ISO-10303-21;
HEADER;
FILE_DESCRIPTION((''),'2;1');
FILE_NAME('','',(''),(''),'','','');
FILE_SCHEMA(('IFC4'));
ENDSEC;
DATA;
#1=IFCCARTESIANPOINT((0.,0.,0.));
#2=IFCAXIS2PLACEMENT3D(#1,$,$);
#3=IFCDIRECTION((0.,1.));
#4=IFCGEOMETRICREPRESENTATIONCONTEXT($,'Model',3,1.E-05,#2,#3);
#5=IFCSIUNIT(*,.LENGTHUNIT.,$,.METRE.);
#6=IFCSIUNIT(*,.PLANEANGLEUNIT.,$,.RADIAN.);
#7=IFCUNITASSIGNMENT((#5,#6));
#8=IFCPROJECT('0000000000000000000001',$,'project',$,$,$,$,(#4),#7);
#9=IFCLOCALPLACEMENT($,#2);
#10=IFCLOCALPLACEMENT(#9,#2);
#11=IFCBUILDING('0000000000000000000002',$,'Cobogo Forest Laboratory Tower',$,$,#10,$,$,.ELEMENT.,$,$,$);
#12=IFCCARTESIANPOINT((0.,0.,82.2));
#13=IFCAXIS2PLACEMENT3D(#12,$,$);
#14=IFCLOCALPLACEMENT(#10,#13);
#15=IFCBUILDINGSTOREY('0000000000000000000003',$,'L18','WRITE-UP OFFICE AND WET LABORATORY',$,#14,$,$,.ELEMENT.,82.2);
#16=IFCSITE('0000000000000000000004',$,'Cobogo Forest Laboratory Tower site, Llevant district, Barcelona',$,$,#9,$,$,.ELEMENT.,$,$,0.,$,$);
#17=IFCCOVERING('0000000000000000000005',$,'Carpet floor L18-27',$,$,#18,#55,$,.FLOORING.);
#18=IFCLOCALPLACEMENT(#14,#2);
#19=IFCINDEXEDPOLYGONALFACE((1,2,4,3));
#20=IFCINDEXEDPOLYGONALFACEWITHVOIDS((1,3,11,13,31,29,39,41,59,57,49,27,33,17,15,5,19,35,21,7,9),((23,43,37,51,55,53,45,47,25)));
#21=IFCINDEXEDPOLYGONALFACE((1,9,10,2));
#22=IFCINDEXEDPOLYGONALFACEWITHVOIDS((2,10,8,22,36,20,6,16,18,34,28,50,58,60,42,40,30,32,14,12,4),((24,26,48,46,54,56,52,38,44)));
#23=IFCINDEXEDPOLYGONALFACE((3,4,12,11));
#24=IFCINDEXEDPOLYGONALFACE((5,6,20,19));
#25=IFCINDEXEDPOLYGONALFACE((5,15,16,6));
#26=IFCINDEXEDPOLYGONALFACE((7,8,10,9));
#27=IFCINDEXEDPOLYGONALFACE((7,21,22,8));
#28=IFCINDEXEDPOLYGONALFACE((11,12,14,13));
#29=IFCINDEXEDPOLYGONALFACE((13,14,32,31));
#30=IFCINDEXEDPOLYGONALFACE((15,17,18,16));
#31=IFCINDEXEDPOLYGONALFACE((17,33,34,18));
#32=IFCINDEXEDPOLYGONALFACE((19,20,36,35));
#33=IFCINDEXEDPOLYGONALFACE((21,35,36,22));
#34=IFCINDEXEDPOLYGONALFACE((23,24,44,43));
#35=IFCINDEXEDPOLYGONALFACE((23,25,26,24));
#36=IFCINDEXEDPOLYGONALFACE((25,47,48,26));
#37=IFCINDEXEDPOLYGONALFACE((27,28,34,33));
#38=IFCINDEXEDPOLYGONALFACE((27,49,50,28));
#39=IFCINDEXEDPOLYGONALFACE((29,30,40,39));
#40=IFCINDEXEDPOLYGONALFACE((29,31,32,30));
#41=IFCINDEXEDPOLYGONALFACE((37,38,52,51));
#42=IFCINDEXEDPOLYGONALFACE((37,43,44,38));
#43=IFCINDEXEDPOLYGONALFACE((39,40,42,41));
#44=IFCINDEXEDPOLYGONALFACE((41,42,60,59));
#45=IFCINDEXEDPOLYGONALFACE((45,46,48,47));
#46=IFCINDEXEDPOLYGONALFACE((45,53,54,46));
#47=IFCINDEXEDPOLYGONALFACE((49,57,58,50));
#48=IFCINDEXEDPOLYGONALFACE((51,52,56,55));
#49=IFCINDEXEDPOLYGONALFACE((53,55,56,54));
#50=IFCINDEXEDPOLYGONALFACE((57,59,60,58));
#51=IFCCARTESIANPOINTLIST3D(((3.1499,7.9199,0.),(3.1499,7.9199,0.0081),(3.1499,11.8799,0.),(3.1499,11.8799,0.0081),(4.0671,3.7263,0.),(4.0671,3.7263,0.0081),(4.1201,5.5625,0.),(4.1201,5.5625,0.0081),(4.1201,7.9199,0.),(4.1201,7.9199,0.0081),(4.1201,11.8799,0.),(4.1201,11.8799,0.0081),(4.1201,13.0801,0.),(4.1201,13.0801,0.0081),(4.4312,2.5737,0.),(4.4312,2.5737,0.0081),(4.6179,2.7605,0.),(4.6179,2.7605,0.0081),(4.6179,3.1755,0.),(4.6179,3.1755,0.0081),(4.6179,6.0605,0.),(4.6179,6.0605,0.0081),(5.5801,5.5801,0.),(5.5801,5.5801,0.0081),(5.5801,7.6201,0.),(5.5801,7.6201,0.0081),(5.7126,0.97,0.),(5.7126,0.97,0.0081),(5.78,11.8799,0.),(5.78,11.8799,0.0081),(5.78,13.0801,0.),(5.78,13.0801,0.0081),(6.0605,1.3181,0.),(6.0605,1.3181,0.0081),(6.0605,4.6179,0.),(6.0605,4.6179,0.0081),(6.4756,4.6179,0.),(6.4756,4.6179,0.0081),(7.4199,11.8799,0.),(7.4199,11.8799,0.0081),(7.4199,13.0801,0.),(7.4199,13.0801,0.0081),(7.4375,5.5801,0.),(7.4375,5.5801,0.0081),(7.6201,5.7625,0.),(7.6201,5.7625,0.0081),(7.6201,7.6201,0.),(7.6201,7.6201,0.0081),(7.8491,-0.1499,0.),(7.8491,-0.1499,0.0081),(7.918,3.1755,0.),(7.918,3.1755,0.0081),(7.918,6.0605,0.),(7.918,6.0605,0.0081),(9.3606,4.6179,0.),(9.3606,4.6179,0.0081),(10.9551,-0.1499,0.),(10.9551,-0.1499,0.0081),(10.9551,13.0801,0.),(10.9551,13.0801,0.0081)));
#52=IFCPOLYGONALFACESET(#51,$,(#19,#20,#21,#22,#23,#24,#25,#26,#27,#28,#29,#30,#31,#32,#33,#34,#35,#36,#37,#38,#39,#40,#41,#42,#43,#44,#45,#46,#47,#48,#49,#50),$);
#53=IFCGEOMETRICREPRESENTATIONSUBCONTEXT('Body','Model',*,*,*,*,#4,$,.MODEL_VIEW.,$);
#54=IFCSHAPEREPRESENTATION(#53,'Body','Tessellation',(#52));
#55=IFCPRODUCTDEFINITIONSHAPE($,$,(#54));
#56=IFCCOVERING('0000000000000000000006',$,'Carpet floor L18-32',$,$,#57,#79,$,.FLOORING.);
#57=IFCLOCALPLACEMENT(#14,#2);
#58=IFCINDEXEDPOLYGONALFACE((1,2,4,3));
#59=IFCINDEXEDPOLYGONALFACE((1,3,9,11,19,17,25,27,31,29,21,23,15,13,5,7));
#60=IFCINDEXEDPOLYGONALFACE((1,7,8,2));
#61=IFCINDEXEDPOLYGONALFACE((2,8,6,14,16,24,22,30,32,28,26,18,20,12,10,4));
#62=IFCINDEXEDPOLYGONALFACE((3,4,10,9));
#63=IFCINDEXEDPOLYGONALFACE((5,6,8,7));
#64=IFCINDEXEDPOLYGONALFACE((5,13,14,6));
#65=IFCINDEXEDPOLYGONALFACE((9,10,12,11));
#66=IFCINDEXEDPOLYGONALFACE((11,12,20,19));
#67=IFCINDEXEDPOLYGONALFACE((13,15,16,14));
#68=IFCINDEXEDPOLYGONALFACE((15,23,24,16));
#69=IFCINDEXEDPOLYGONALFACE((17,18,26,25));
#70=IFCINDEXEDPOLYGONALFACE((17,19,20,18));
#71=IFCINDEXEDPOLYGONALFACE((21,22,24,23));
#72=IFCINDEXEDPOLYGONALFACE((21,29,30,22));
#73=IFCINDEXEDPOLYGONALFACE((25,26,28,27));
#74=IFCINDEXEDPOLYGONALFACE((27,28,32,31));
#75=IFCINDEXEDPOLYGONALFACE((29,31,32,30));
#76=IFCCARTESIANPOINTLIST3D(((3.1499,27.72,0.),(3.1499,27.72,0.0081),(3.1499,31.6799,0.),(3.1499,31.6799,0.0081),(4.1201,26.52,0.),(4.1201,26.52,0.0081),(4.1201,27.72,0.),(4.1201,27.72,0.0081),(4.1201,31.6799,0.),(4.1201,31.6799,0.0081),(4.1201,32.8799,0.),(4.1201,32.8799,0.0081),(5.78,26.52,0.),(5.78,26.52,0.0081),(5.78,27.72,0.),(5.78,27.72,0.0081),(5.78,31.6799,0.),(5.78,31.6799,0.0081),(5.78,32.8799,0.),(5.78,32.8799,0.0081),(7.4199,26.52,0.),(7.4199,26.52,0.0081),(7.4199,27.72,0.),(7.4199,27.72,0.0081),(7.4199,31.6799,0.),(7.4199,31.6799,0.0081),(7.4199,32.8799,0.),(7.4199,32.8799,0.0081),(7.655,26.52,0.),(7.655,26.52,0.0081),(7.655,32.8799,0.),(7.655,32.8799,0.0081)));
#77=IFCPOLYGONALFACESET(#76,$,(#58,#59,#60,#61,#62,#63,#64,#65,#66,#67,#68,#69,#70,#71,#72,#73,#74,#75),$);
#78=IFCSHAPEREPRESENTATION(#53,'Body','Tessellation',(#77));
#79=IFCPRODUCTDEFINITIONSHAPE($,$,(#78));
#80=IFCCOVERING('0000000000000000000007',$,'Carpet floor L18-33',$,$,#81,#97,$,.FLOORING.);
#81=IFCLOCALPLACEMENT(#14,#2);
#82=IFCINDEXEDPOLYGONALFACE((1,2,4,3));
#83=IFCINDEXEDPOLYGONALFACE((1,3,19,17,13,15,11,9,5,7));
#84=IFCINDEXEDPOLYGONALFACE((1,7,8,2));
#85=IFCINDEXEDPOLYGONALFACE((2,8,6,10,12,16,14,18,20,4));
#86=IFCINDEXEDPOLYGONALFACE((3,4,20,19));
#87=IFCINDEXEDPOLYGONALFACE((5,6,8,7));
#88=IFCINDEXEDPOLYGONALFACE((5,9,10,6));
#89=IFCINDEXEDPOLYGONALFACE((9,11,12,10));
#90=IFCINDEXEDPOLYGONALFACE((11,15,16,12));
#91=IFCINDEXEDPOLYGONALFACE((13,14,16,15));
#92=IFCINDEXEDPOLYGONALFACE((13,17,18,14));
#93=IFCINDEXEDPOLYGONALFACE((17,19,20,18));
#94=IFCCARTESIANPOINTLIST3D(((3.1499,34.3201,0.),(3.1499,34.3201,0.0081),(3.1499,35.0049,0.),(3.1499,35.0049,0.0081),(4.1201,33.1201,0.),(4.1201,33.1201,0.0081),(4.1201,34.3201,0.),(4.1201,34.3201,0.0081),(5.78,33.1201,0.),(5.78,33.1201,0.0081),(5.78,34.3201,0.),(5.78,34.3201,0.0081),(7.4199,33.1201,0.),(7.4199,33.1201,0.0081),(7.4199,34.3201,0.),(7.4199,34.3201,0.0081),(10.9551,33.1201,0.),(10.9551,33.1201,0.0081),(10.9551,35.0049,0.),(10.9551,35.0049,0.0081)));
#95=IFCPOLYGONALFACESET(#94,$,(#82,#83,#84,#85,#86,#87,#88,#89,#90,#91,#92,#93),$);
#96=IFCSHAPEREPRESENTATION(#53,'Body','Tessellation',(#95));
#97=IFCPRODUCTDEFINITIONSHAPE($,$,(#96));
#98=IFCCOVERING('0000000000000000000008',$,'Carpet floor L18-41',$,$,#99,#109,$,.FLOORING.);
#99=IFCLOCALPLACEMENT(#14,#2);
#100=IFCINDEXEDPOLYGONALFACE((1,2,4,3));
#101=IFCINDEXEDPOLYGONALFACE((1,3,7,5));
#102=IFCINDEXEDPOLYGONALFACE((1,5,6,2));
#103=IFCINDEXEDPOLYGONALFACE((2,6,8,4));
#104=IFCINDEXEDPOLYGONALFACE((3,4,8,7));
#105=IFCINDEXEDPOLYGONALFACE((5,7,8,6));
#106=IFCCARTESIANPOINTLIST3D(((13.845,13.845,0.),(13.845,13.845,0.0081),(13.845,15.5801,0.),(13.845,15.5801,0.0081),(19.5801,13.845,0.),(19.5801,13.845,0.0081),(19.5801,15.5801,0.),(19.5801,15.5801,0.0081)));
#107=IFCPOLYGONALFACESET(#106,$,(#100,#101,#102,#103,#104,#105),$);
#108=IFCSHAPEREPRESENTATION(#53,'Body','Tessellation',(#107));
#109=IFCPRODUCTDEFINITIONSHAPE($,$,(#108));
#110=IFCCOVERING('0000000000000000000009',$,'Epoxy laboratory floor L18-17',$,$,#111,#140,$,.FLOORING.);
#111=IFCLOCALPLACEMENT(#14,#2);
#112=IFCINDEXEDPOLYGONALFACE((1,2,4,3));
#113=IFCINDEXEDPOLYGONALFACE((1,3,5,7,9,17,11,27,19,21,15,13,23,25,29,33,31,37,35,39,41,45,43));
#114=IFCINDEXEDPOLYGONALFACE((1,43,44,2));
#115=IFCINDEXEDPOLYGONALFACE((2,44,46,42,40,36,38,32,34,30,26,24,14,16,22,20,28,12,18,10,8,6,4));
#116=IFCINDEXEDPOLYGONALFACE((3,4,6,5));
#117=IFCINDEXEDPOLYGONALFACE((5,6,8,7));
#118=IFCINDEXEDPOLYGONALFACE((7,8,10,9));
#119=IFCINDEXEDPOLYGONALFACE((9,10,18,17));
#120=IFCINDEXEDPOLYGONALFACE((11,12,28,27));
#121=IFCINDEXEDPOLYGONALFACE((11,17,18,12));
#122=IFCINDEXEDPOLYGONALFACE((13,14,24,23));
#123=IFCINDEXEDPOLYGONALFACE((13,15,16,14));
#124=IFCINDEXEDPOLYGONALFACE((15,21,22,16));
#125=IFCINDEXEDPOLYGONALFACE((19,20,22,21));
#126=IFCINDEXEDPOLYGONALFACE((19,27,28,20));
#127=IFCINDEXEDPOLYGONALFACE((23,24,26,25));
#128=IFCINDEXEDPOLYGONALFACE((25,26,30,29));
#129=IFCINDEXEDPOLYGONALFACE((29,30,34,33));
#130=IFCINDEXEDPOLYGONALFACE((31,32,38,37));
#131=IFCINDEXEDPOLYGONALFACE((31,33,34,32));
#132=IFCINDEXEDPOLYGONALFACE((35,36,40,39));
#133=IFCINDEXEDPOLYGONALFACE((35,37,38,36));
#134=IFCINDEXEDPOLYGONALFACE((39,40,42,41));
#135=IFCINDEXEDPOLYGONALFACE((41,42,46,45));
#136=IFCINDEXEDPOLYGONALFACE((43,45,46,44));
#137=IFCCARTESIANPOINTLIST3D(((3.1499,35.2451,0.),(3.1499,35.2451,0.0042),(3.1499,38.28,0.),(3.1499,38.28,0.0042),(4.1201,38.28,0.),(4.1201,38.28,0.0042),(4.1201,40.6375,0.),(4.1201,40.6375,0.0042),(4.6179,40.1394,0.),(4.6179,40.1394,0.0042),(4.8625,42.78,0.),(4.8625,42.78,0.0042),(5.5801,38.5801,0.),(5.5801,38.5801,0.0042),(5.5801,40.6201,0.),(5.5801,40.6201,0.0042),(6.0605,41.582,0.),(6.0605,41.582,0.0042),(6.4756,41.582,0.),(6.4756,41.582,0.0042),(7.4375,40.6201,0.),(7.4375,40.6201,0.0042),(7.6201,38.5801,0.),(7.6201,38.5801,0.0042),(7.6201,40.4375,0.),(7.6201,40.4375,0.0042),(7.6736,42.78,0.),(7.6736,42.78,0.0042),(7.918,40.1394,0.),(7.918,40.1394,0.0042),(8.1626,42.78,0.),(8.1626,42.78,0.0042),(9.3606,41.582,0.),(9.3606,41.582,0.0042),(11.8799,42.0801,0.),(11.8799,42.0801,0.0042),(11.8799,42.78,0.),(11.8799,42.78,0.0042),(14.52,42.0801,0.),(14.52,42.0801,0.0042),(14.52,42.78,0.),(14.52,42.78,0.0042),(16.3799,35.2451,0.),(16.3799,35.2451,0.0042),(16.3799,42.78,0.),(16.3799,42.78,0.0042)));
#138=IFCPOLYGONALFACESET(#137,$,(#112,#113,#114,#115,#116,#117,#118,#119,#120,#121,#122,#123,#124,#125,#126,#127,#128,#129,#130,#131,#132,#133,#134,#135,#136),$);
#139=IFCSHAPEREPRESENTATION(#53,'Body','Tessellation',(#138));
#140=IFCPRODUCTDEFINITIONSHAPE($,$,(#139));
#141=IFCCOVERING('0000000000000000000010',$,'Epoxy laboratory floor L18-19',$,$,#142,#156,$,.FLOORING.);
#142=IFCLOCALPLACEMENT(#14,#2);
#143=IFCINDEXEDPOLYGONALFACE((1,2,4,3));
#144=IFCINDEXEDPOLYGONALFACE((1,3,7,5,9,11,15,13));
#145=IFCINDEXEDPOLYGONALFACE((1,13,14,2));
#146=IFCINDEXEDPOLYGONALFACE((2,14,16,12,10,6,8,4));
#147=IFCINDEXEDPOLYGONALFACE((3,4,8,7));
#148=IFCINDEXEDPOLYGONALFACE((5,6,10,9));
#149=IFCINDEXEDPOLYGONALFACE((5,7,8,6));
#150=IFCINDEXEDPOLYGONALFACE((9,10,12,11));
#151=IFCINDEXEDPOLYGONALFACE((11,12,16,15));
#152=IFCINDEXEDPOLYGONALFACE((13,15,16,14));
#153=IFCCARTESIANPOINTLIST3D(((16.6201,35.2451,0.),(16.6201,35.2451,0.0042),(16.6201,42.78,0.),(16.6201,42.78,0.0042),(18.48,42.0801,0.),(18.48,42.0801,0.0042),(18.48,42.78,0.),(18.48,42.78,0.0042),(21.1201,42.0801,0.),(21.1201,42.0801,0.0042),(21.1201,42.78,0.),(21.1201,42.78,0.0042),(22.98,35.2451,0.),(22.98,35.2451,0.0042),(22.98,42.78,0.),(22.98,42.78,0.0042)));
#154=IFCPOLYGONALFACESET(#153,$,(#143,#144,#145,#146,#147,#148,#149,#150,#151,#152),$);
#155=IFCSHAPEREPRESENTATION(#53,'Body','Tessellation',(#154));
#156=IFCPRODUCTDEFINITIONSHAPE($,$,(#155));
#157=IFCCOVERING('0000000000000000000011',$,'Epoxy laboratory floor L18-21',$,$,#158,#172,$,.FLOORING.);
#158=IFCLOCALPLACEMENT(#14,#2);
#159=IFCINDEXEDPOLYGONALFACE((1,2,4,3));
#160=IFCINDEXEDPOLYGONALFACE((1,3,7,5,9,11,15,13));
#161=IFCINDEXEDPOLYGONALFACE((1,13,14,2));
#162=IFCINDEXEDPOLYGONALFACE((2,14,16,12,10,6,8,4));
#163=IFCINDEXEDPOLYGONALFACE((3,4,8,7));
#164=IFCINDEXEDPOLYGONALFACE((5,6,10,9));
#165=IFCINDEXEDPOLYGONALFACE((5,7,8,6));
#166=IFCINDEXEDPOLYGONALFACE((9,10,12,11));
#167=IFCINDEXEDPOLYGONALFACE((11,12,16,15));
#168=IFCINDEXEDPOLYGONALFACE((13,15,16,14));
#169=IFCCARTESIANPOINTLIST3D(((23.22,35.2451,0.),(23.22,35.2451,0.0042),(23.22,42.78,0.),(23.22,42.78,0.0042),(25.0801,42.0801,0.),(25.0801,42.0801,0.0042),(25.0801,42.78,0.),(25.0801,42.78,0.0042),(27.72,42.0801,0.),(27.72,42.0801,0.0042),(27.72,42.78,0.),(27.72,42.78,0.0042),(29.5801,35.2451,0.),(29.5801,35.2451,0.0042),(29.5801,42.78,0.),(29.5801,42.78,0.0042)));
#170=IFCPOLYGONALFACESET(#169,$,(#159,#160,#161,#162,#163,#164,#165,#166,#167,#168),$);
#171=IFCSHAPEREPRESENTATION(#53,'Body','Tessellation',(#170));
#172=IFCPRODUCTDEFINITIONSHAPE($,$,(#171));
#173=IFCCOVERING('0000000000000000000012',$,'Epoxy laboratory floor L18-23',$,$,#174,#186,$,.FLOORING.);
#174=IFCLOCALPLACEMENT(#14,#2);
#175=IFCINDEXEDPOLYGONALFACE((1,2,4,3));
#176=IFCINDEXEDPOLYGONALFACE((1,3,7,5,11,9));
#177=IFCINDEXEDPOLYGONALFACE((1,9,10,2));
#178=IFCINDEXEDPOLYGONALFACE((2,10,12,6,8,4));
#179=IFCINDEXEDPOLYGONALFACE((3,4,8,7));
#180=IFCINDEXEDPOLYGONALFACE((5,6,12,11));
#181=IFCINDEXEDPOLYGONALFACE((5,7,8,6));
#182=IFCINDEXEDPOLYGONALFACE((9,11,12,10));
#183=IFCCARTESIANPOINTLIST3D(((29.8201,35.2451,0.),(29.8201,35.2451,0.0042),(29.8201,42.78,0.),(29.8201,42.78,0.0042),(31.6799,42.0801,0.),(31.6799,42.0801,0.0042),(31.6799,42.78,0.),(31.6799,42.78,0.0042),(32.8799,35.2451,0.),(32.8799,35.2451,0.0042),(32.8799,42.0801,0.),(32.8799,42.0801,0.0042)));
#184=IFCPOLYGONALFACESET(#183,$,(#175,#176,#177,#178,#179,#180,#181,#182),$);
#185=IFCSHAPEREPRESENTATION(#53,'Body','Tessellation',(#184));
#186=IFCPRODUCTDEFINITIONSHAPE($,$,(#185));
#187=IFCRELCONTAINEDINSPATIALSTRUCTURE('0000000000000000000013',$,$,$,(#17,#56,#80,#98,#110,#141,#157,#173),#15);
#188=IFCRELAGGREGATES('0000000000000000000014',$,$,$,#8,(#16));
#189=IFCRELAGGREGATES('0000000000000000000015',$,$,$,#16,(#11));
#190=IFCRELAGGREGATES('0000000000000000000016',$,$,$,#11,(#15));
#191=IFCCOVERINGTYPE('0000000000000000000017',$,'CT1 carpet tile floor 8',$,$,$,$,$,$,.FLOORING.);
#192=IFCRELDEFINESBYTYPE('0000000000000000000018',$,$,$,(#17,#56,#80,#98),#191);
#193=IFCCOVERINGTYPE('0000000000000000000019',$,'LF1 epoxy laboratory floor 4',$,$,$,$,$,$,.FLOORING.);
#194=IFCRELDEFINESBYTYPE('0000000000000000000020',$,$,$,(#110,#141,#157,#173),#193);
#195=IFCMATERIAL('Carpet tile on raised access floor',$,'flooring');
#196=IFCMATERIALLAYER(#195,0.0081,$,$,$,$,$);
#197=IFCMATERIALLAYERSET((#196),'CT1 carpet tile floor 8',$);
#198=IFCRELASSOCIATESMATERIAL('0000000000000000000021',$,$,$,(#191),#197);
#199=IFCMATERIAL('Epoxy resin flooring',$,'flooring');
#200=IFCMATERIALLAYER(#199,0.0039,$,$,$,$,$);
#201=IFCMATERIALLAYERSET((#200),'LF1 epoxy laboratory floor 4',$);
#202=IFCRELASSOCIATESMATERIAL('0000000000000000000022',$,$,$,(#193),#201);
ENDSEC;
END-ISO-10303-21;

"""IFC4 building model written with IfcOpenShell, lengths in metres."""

from ifc_helpers import new_model, si_unit, direction, frame, origin, place, context, subcontext, project, spatial, polyline, outline, extrude, material, layer, layer_set, type_object, element, save


model = new_model("IFC4")

# Units and contexts
model_context = context("Model", 3, precision=1e-05, world=origin(), true_north=direction((0.0, 1.0)))
body_context = subcontext(model_context, "Body", "Model", "MODEL_VIEW")
ifc_project = project(units=[si_unit("LENGTHUNIT", "METRE"), si_unit("PLANEANGLEUNIT", "RADIAN")], contexts=[model_context])

# Site, building, storey
site_placement = place(None, origin())
site = spatial("IfcSite", under=ifc_project, at=site_placement, Name="Cobogo Forest Laboratory Tower site, Llevant district, Barcelona", CompositionType="ELEMENT", RefElevation=0.0)
building_placement = place(site_placement, origin())
building = spatial("IfcBuilding", under=site, at=building_placement, Name="Cobogo Forest Laboratory Tower", CompositionType="ELEMENT")
storey_placement = place(building_placement, frame((0.0, 0.0, 82.2)))
storey = spatial("IfcBuildingStorey", under=building, at=storey_placement, Name="L18", Description="WRITE-UP OFFICE AND WET LABORATORY", CompositionType="ELEMENT", Elevation=82.2)

# Coverings
ifc_material_1 = material(Name="Carpet tile on raised access floor", Category="flooring")
ifc_layer_1 = layer(ifc_material_1, 0.0081)
ifc_layer_set_1 = layer_set([ifc_layer_1], Name="CT1 carpet tile floor 8")
covering_type_1 = type_object("IfcCoveringType", Name="CT1 carpet tile floor 8", PredefinedType="FLOORING", material=ifc_layer_set_1)
covering_1_placement = place(storey_placement, origin())
element("IfcCovering", 1, at=covering_1_placement, inside=storey, type_object=covering_type_1, Name="Carpet floor L18-27", PredefinedType="FLOORING", context=body_context, shape_type="SweptSolid", body=[
    extrude(outline(polyline([(4.1201, 5.5625), (4.1201, 7.9199), (3.1499, 7.9199), (3.1499, 11.8799), (4.1201, 11.8799), (4.1201, 13.0801), (5.78, 13.0801), (5.78, 11.8799), (7.4199, 11.8799), (7.4199, 13.0801), (10.9551, 13.0801), (10.9551, -0.1499), (7.8491, -0.1499), (5.7126, 0.97), (6.0605, 1.3181), (4.6179, 2.7605), (4.4312, 2.5737), (4.0671, 3.7263), (4.6179, 3.1755), (6.0605, 4.6179), (4.6179, 6.0605), (4.1201, 5.5625)]), holes=[polyline([(5.5801, 7.6201), (5.5801, 5.5801), (7.4375, 5.5801), (6.4756, 4.6179), (7.918, 3.1755), (9.3606, 4.6179), (7.918, 6.0605), (7.6201, 5.7625), (7.6201, 7.6201), (5.5801, 7.6201)])]), origin(), (0.0, 0.0, 1.0), 0.0081),
])
covering_2_placement = place(storey_placement, origin())
element("IfcCovering", 2, at=covering_2_placement, inside=storey, type_object=covering_type_1, Name="Carpet floor L18-32", PredefinedType="FLOORING", context=body_context, shape_type="SweptSolid", body=[
    extrude(outline(polyline([(7.655, 26.52), (7.4199, 26.52), (7.4199, 27.72), (5.78, 27.72), (5.78, 26.52), (4.1201, 26.52), (4.1201, 27.72), (3.1499, 27.72), (3.1499, 31.6799), (4.1201, 31.6799), (4.1201, 32.8799), (5.78, 32.8799), (5.78, 31.6799), (7.4199, 31.6799), (7.4199, 32.8799), (7.655, 32.8799), (7.655, 26.52)])), origin(), (0.0, 0.0, 1.0), 0.0081),
])
covering_3_placement = place(storey_placement, origin())
element("IfcCovering", 3, at=covering_3_placement, inside=storey, type_object=covering_type_1, Name="Carpet floor L18-33", PredefinedType="FLOORING", context=body_context, shape_type="SweptSolid", body=[
    extrude(outline(polyline([(10.9551, 33.1201), (7.4199, 33.1201), (7.4199, 34.3201), (5.78, 34.3201), (5.78, 33.1201), (4.1201, 33.1201), (4.1201, 34.3201), (3.1499, 34.3201), (3.1499, 35.0049), (10.9551, 35.0049), (10.9551, 33.1201)])), origin(), (0.0, 0.0, 1.0), 0.0081),
])
covering_4_placement = place(storey_placement, origin())
element("IfcCovering", 4, at=covering_4_placement, inside=storey, type_object=covering_type_1, Name="Carpet floor L18-41", PredefinedType="FLOORING", context=body_context, shape_type="SweptSolid", body=[
    extrude(outline(polyline([(19.5801, 13.845), (13.845, 13.845), (13.845, 15.5801), (19.5801, 15.5801), (19.5801, 13.845)])), origin(), (0.0, 0.0, 1.0), 0.0081),
])
ifc_material_2 = material(Name="Epoxy resin flooring", Category="flooring")
ifc_layer_2 = layer(ifc_material_2, 0.0039)
ifc_layer_set_2 = layer_set([ifc_layer_2], Name="LF1 epoxy laboratory floor 4")
covering_type_2 = type_object("IfcCoveringType", Name="LF1 epoxy laboratory floor 4", PredefinedType="FLOORING", material=ifc_layer_set_2)
covering_5_placement = place(storey_placement, origin())
element("IfcCovering", 5, at=covering_5_placement, inside=storey, type_object=covering_type_2, Name="Epoxy laboratory floor L18-17", PredefinedType="FLOORING", context=body_context, shape_type="SweptSolid", body=[
    extrude(outline(polyline([(4.1201, 40.6375), (4.6179, 40.1394), (6.0605, 41.582), (4.8625, 42.78), (7.6736, 42.78), (6.4756, 41.582), (7.4375, 40.6201), (5.5801, 40.6201), (5.5801, 38.5801), (7.6201, 38.5801), (7.6201, 40.4375), (7.918, 40.1394), (9.3606, 41.582), (8.1626, 42.78), (11.8799, 42.78), (11.8799, 42.0801), (14.52, 42.0801), (14.52, 42.78), (16.3799, 42.78), (16.3799, 35.2451), (3.1499, 35.2451), (3.1499, 38.28), (4.1201, 38.28), (4.1201, 40.6375)])), origin(), (0.0, 0.0, 1.0), 0.0042),
])
covering_6_placement = place(storey_placement, origin())
element("IfcCovering", 6, at=covering_6_placement, inside=storey, type_object=covering_type_2, Name="Epoxy laboratory floor L18-19", PredefinedType="FLOORING", context=body_context, shape_type="SweptSolid", body=[
    extrude(outline(polyline([(16.6201, 42.78), (18.48, 42.78), (18.48, 42.0801), (21.1201, 42.0801), (21.1201, 42.78), (22.98, 42.78), (22.98, 35.2451), (16.6201, 35.2451), (16.6201, 42.78)])), origin(), (0.0, 0.0, 1.0), 0.0042),
])
covering_7_placement = place(storey_placement, origin())
element("IfcCovering", 7, at=covering_7_placement, inside=storey, type_object=covering_type_2, Name="Epoxy laboratory floor L18-21", PredefinedType="FLOORING", context=body_context, shape_type="SweptSolid", body=[
    extrude(outline(polyline([(23.22, 42.78), (25.0801, 42.78), (25.0801, 42.0801), (27.72, 42.0801), (27.72, 42.78), (29.5801, 42.78), (29.5801, 35.2451), (23.22, 35.2451), (23.22, 42.78)])), origin(), (0.0, 0.0, 1.0), 0.0042),
])
covering_8_placement = place(storey_placement, origin())
element("IfcCovering", 8, at=covering_8_placement, inside=storey, type_object=covering_type_2, Name="Epoxy laboratory floor L18-23", PredefinedType="FLOORING", context=body_context, shape_type="SweptSolid", body=[
    extrude(outline(polyline([(29.8201, 42.78), (31.6799, 42.78), (31.6799, 42.0801), (32.8799, 42.0801), (32.8799, 35.2451), (29.8201, 35.2451), (29.8201, 42.78)])), origin(), (0.0, 0.0, 1.0), 0.0042),
])

save(model, "model.ifc")
